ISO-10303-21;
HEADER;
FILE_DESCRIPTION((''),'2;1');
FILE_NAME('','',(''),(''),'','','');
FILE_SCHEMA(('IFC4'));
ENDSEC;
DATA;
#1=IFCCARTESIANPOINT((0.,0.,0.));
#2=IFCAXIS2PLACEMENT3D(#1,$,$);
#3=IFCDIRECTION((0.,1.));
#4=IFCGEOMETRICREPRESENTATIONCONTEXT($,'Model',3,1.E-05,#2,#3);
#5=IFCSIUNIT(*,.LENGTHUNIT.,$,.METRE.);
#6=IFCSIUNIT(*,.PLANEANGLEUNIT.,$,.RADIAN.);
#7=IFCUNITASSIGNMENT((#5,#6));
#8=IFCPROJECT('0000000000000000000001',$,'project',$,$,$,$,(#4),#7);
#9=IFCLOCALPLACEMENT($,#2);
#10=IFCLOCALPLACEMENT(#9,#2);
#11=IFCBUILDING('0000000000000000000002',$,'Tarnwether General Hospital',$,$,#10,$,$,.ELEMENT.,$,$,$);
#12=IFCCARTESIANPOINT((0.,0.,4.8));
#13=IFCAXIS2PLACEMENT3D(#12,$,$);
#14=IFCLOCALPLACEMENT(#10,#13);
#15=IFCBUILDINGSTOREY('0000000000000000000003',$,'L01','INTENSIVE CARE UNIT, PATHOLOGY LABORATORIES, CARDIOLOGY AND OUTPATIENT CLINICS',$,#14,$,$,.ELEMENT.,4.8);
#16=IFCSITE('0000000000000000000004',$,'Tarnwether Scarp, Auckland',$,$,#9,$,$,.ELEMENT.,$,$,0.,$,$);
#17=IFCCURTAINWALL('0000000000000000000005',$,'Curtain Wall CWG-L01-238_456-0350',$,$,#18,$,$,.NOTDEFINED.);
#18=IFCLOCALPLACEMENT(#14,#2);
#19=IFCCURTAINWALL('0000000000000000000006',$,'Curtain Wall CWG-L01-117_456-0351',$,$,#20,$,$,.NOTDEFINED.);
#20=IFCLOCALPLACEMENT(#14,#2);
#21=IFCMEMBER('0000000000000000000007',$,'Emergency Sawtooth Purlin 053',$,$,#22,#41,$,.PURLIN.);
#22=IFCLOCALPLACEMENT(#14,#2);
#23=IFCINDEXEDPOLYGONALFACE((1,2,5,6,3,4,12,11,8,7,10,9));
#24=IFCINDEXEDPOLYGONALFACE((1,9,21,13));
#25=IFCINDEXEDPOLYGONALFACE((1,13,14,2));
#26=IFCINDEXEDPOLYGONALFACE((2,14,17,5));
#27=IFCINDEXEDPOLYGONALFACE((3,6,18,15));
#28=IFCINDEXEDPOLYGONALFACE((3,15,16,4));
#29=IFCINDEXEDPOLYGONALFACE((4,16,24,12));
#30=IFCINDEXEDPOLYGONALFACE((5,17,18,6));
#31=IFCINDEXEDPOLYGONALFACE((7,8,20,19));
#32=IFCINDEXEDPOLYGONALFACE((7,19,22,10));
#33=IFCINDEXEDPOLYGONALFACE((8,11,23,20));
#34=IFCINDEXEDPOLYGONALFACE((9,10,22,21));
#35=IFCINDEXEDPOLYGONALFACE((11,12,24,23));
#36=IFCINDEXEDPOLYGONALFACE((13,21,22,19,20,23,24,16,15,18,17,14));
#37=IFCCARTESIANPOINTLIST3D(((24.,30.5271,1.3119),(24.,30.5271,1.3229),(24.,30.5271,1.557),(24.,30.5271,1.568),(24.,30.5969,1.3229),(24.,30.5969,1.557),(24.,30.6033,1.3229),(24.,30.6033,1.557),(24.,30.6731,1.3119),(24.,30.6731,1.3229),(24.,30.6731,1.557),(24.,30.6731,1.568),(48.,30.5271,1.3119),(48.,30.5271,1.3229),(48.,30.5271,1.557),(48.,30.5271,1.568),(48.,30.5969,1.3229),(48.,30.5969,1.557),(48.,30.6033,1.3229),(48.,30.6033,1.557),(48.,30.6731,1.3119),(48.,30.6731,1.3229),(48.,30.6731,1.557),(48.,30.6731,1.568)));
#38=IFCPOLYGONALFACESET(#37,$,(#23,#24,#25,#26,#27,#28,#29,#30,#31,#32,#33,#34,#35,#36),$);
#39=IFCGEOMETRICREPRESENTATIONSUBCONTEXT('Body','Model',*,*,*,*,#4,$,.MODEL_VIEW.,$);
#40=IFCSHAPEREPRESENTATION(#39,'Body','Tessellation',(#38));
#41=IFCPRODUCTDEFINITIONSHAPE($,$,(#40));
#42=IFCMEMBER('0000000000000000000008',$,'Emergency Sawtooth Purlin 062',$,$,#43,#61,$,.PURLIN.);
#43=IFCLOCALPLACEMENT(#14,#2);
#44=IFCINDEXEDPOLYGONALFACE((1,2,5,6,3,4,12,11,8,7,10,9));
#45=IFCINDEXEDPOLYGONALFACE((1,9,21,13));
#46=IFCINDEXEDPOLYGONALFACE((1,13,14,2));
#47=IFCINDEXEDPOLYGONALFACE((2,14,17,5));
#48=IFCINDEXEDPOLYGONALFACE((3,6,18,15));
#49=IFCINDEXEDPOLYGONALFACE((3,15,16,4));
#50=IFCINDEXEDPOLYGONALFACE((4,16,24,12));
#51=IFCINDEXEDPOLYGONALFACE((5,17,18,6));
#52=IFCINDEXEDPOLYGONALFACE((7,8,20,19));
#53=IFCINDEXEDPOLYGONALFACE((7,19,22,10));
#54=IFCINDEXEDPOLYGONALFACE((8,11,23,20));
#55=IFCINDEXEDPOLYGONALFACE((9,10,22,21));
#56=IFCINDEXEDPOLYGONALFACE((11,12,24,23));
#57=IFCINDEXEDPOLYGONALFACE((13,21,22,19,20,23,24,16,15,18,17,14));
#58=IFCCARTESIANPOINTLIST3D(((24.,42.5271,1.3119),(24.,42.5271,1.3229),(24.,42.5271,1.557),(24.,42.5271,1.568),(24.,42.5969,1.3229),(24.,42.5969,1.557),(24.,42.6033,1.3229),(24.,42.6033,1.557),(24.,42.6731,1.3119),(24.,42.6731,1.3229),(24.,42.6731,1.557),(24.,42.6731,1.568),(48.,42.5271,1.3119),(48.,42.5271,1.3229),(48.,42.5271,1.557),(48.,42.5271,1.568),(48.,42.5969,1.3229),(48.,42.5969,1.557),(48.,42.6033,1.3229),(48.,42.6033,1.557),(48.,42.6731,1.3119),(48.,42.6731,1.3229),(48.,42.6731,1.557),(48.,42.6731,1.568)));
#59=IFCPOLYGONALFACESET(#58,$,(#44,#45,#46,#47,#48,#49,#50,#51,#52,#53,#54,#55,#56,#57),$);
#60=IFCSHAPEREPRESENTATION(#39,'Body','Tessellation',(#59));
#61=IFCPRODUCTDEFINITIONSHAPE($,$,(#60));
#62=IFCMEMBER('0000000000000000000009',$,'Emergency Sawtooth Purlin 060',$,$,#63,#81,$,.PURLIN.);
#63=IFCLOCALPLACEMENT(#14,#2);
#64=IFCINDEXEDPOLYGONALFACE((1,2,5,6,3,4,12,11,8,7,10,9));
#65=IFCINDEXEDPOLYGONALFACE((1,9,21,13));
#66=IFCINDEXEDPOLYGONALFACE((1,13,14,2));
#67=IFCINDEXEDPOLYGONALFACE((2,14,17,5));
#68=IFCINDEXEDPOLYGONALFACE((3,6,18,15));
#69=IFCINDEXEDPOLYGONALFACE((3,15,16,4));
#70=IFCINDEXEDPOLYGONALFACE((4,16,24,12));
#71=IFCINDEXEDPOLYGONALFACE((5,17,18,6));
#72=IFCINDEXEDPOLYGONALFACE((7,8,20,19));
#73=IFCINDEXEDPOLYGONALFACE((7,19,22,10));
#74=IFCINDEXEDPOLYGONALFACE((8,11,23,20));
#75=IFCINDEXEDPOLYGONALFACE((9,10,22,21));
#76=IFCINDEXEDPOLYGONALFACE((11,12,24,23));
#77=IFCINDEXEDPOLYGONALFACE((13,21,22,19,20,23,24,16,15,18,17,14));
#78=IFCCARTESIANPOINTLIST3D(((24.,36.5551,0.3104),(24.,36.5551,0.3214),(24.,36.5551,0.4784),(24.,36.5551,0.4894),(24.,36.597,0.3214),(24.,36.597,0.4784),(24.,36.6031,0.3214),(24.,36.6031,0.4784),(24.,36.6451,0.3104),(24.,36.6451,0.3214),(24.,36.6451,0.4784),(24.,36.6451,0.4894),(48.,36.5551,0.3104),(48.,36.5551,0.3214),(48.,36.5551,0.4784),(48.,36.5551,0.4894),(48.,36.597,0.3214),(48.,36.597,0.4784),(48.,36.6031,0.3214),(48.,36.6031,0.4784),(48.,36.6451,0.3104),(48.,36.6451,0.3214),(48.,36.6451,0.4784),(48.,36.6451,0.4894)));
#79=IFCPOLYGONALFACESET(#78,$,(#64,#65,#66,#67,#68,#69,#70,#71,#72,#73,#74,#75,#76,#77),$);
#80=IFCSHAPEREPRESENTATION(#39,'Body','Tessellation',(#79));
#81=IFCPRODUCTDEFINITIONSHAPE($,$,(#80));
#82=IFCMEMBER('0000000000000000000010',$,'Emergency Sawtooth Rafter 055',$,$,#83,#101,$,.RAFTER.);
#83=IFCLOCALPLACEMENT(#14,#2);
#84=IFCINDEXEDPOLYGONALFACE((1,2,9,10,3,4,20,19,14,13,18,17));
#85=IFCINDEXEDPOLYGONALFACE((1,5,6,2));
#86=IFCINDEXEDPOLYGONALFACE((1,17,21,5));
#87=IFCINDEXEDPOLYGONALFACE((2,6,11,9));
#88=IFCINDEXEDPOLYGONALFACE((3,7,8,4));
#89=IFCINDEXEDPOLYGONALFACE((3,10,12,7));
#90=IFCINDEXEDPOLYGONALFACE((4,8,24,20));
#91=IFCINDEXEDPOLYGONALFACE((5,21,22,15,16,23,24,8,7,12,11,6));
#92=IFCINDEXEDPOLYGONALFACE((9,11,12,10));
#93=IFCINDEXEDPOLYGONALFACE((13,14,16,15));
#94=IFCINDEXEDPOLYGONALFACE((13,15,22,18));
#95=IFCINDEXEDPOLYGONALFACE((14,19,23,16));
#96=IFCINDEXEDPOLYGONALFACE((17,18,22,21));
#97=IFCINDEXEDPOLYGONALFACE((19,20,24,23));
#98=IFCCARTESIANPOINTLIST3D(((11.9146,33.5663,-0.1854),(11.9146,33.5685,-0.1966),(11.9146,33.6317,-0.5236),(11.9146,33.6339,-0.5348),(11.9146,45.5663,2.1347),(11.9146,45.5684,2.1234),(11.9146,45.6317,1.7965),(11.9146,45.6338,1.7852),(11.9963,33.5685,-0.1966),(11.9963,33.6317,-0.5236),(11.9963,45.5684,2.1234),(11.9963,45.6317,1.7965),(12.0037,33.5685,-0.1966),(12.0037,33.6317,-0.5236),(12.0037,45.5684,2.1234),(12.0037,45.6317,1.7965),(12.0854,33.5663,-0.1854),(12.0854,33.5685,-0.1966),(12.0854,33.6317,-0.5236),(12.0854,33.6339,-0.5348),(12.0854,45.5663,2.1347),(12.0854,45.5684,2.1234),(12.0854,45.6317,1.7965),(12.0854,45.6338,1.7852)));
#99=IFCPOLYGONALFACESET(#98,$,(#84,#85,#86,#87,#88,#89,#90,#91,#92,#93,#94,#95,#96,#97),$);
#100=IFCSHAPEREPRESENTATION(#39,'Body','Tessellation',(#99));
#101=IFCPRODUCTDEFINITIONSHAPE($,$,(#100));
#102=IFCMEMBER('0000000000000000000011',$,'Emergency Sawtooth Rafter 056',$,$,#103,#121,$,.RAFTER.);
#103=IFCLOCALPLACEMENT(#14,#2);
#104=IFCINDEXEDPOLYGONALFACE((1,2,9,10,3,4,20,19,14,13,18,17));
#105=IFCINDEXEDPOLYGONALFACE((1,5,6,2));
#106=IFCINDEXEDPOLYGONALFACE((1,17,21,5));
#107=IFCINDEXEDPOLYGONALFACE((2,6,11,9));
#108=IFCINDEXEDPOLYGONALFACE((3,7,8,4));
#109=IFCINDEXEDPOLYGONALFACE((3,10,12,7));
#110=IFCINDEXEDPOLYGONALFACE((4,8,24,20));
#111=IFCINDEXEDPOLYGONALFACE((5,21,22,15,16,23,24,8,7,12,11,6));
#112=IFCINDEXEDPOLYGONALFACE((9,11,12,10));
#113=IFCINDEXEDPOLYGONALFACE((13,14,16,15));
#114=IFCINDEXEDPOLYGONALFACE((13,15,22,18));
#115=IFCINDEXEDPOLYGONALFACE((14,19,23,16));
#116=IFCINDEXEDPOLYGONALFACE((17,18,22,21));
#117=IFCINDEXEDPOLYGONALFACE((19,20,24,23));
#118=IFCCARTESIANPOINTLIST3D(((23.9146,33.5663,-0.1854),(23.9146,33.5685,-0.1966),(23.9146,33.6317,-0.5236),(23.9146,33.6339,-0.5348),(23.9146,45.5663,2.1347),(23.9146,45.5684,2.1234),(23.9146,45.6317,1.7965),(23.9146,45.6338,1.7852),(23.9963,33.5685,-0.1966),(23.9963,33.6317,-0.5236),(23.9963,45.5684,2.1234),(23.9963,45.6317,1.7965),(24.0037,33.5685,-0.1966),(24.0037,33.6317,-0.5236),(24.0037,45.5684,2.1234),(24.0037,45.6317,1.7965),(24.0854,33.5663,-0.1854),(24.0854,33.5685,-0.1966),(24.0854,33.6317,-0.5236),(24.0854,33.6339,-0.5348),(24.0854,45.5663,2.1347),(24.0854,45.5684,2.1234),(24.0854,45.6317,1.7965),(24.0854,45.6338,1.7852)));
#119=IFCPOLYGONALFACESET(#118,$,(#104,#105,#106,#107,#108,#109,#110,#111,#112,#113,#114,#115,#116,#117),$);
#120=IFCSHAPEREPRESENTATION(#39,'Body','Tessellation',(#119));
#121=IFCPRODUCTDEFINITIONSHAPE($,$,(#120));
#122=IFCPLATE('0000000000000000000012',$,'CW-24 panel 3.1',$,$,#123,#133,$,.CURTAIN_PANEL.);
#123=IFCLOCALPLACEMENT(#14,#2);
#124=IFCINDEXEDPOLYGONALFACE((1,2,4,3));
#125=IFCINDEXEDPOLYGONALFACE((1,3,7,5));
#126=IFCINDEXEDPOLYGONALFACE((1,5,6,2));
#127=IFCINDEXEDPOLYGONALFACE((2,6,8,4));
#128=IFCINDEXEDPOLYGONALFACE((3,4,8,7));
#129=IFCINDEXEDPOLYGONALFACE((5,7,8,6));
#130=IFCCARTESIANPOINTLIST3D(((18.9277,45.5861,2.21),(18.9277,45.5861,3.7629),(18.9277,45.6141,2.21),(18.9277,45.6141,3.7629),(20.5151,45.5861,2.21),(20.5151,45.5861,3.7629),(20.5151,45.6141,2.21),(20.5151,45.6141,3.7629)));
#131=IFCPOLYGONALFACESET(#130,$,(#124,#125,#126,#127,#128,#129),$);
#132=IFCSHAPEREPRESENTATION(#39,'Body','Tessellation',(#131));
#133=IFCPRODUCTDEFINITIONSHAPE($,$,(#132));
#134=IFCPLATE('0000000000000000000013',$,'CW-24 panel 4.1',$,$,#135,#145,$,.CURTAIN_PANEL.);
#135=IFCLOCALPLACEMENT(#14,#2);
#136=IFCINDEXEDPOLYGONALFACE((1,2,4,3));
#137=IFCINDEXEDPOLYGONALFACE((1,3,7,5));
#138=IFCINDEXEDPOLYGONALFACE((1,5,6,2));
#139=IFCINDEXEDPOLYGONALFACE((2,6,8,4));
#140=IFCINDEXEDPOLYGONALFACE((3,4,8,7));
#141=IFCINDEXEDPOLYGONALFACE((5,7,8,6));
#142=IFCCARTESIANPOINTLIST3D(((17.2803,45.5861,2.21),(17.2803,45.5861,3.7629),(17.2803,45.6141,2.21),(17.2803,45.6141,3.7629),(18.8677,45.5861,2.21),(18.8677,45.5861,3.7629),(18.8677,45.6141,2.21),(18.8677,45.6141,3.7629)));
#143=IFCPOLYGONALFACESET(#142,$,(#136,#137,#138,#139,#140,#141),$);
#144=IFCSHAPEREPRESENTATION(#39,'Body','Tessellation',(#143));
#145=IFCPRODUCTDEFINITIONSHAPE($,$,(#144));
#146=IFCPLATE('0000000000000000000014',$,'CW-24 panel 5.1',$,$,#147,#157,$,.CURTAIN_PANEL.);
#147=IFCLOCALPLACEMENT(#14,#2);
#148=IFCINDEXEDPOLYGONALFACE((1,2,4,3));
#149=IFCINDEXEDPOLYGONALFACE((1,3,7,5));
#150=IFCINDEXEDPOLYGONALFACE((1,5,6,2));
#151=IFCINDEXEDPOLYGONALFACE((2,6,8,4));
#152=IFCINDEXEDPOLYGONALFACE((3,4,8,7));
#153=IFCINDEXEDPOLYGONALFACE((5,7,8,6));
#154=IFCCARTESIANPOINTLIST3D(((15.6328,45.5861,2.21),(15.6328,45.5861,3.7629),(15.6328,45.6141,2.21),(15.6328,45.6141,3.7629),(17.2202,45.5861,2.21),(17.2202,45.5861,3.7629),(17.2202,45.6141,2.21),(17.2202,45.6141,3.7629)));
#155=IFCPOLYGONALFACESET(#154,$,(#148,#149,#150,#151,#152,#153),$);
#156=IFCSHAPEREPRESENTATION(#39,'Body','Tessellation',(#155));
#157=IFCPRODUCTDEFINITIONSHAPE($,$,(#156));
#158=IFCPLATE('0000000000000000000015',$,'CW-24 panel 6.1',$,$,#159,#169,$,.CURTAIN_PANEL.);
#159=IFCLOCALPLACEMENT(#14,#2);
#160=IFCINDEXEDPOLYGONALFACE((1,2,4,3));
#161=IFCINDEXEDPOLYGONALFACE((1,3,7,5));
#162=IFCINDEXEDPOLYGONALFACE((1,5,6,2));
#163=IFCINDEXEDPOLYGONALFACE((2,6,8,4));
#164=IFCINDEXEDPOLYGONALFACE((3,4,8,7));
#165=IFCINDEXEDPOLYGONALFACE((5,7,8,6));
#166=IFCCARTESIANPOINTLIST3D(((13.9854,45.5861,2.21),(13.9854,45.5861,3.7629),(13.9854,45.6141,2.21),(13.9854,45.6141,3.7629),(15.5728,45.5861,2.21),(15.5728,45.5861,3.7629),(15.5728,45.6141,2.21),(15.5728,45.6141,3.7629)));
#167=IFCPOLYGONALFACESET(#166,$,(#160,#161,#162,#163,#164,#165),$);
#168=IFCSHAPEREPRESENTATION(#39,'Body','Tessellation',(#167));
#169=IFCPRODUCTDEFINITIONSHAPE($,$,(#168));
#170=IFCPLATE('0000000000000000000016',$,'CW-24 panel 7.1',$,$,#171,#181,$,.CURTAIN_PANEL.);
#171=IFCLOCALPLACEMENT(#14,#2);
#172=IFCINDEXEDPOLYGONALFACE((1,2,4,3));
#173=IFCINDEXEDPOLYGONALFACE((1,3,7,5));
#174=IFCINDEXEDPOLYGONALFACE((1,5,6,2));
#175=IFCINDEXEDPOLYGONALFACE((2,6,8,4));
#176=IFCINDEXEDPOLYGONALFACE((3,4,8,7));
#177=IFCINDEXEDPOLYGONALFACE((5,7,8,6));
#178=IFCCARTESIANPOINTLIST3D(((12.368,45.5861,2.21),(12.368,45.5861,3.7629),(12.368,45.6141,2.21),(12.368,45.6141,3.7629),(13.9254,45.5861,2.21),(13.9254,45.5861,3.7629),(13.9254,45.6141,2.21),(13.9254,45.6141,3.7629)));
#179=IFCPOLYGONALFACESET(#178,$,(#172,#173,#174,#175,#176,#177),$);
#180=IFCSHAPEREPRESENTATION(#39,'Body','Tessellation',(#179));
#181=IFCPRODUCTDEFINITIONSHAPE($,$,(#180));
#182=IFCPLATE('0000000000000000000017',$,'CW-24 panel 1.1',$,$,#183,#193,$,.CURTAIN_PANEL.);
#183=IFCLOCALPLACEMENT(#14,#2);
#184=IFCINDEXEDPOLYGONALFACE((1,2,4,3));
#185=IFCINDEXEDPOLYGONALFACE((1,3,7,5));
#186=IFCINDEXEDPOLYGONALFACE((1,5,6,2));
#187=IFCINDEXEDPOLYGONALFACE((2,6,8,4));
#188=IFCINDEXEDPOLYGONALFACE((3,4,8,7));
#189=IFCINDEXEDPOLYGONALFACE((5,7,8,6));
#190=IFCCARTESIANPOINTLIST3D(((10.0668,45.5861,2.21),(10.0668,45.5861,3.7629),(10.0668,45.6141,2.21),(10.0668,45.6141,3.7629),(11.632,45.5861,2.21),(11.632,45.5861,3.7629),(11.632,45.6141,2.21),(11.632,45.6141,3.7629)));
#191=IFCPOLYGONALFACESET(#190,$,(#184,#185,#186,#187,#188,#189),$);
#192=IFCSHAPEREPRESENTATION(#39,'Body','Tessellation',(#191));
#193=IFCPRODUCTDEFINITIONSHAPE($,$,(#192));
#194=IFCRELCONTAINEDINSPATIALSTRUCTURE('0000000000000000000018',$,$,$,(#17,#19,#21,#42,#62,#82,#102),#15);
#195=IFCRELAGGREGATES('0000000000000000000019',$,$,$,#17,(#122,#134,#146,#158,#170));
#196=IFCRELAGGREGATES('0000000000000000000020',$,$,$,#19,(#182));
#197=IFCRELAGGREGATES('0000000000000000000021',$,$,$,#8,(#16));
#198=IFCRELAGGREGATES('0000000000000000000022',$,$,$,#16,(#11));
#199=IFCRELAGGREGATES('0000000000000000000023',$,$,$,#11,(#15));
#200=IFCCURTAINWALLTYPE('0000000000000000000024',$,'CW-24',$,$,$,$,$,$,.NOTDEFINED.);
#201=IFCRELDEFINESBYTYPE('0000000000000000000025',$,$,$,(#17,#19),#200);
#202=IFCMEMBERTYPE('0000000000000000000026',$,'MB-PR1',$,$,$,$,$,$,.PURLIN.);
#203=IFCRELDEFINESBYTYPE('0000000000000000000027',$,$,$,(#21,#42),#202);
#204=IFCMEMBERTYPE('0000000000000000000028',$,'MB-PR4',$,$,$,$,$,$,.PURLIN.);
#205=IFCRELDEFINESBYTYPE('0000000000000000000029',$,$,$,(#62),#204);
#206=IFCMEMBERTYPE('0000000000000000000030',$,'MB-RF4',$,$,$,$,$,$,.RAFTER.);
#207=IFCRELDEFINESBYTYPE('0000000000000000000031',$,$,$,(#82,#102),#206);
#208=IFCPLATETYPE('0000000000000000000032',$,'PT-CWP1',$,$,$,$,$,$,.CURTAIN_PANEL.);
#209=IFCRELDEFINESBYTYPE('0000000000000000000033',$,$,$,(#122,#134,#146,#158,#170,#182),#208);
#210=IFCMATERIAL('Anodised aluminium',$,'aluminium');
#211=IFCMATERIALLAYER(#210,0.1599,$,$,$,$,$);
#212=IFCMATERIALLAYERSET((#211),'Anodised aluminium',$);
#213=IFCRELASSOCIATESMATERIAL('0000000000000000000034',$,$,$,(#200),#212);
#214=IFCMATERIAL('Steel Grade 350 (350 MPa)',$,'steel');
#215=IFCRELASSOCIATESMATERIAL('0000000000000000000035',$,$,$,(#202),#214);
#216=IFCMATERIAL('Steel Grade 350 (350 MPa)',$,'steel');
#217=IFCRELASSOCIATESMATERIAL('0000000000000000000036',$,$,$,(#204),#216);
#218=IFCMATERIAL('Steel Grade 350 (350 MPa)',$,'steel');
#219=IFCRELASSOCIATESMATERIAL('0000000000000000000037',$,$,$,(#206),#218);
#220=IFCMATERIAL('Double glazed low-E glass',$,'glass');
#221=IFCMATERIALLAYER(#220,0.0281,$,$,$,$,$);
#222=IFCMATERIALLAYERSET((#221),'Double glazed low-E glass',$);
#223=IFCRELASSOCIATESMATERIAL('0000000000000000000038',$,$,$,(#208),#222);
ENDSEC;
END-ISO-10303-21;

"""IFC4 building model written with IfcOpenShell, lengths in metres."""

from ifc_helpers import new_model, si_unit, direction, frame, origin, origin_2d, place, context, subcontext, project, spatial, rectangle, i_section, extrude, material, layer, layer_set, material_profile, profile_set, type_object, element, aggregate, save


model = new_model("IFC4")

# Units and contexts
model_context = context("Model", 3, precision=1e-05, world=origin(), true_north=direction((0.0, 1.0)))
body_context = subcontext(model_context, "Body", "Model", "MODEL_VIEW")
ifc_project = project(units=[si_unit("LENGTHUNIT", "METRE"), si_unit("PLANEANGLEUNIT", "RADIAN")], contexts=[model_context])

# Site, building, storey
site_placement = place(None, origin())
site = spatial("IfcSite", under=ifc_project, at=site_placement, Name="Tarnwether Scarp, Auckland", CompositionType="ELEMENT", RefElevation=0.0)
building_placement = place(site_placement, origin())
building = spatial("IfcBuilding", under=site, at=building_placement, Name="Tarnwether General Hospital", CompositionType="ELEMENT")
storey_placement = place(building_placement, frame((0.0, 0.0, 4.8)))
storey = spatial("IfcBuildingStorey", under=building, at=storey_placement, Name="L01", Description="INTENSIVE CARE UNIT, PATHOLOGY LABORATORIES, CARDIOLOGY AND OUTPATIENT CLINICS", CompositionType="ELEMENT", Elevation=4.8)

# Curtain walls
ifc_material_1 = material(Name="Anodised aluminium", Category="aluminium")
ifc_layer_1 = layer(ifc_material_1, 0.1599)
ifc_layer_set_1 = layer_set([ifc_layer_1], Name="Anodised aluminium")
curtain_wall_type = type_object("IfcCurtainWallType", Name="CW-24", PredefinedType="NOTDEFINED", material=ifc_layer_set_1)
curtain_wall_1_placement = place(storey_placement, origin())
curtain_wall_1 = element("IfcCurtainWall", 1, at=curtain_wall_1_placement, inside=storey, type_object=curtain_wall_type, Name="Curtain Wall CWG-L01-238_456-0350", PredefinedType="NOTDEFINED")
curtain_wall_2_placement = place(storey_placement, origin())
curtain_wall_2 = element("IfcCurtainWall", 2, at=curtain_wall_2_placement, inside=storey, type_object=curtain_wall_type, Name="Curtain Wall CWG-L01-117_456-0351", PredefinedType="NOTDEFINED")

# Members
ifc_material_2 = material(Name="Steel Grade 350 (350 MPa)", Category="steel")
ifc_material_profile_1 = material_profile(ifc_material_2, i_section(OverallWidth=0.146, OverallDepth=0.2561, WebThickness=0.0063, FlangeThickness=0.011, at=origin_2d()), Name="250UB37.3")
ifc_profile_set_1 = profile_set([ifc_material_profile_1], Name="Steel Grade 350 (350 MPa)")
member_type_1 = type_object("IfcMemberType", Name="MB-PR1", PredefinedType="PURLIN", material=ifc_profile_set_1)
for number, where, z_axis, x_axis, name in (
    (3, (24.0, 30.6001, 1.4399), (1.0, 0.0, 0.0), (0.0, 1.0, 0.0), "Emergency Sawtooth Purlin 053"),
    (4, (24.0, 42.6001, 1.4399), (1.0, 0.0, 0.0), (0.0, 1.0, 0.0), "Emergency Sawtooth Purlin 062"),
):
    element("IfcMember", number, at=place(storey_placement, frame(where, z_axis=z_axis, x_axis=x_axis)), inside=storey, type_object=member_type_1, Name=name, PredefinedType="PURLIN", context=body_context, shape_type="SweptSolid", body=[
        extrude(i_section(OverallWidth=0.146, OverallDepth=0.2561, WebThickness=0.0063, FlangeThickness=0.011, at=origin_2d()), origin(), (0.0, 0.0, 1.0), 24.0),
    ])
ifc_material_3 = material(Name="Steel Grade 350 (350 MPa)", Category="steel")
ifc_material_profile_2 = material_profile(ifc_material_3, i_section(OverallWidth=0.0901, OverallDepth=0.179, WebThickness=0.0061, FlangeThickness=0.011, at=origin_2d()), Name="180UB22.2")
ifc_profile_set_2 = profile_set([ifc_material_profile_2], Name="Steel Grade 350 (350 MPa)")
member_type_2 = type_object("IfcMemberType", Name="MB-PR4", PredefinedType="PURLIN", material=ifc_profile_set_2)
member_1_placement = place(storey_placement, frame((24.0, 36.6001, 0.3999), z_axis=(1.0, 0.0, 0.0), x_axis=(0.0, 1.0, 0.0)))
element("IfcMember", 5, at=member_1_placement, inside=storey, type_object=member_type_2, Name="Emergency Sawtooth Purlin 060", PredefinedType="PURLIN", context=body_context, shape_type="SweptSolid", body=[
    extrude(i_section(OverallWidth=0.0901, OverallDepth=0.179, WebThickness=0.0061, FlangeThickness=0.011, at=origin_2d()), origin(), (0.0, 0.0, 1.0), 24.0),
])
ifc_material_4 = material(Name="Steel Grade 350 (350 MPa)", Category="steel")
ifc_material_profile_3 = material_profile(ifc_material_4, i_section(OverallWidth=0.1709, OverallDepth=0.356, WebThickness=0.0073, FlangeThickness=0.0115, at=origin_2d()), Name="360UB50.7")
ifc_profile_set_3 = profile_set([ifc_material_profile_3], Name="Steel Grade 350 (350 MPa)")
member_type_3 = type_object("IfcMemberType", Name="MB-RF4", PredefinedType="RAFTER", material=ifc_profile_set_3)
for number, where, z_axis, x_axis, name in (
    (6, (12.0, 33.6001, -0.3601), (0.0, 0.981818, 0.189824), (-1.0, 0.0, 0.0), "Emergency Sawtooth Rafter 055"),
    (7, (24.0, 33.6001, -0.3601), (0.0, 0.981818, 0.189824), (-1.0, 0.0, 0.0), "Emergency Sawtooth Rafter 056"),
):
    element("IfcMember", number, at=place(storey_placement, frame(where, z_axis=z_axis, x_axis=x_axis)), inside=storey, type_object=member_type_3, Name=name, PredefinedType="RAFTER", context=body_context, shape_type="SweptSolid", body=[
        extrude(i_section(OverallWidth=0.1709, OverallDepth=0.356, WebThickness=0.0073, FlangeThickness=0.0115, at=origin_2d()), origin(), (0.0, 0.0, 1.0), 12.2222),
    ])

# Plates
ifc_material_5 = material(Name="Double glazed low-E glass", Category="glass")
ifc_layer_2 = layer(ifc_material_5, 0.0281)
ifc_layer_set_2 = layer_set([ifc_layer_2], Name="Double glazed low-E glass")
plate_type_1 = type_object("IfcPlateType", Name="PT-CWP1", PredefinedType="CURTAIN_PANEL", material=ifc_layer_set_2)
plate_1_placement = place(storey_placement, frame((19.7214, 45.6001, 2.21), z_axis=(0.0, 0.0, 1.0), x_axis=(-1.0, 0.0, 0.0)))
plate_1 = element("IfcPlate", 8, at=plate_1_placement, type_object=plate_type_1, Name="CW-24 panel 3.1", PredefinedType="CURTAIN_PANEL", context=body_context, shape_type="SweptSolid", body=[
    extrude(rectangle(XDim=1.5874, YDim=0.0281, at=origin_2d()), origin(), (0.0, 0.0, 1.0), 1.553),
])
plate_2_placement = place(storey_placement, frame((18.074, 45.6001, 2.21), z_axis=(0.0, 0.0, 1.0), x_axis=(-1.0, 0.0, 0.0)))
plate_2 = element("IfcPlate", 9, at=plate_2_placement, type_object=plate_type_1, Name="CW-24 panel 4.1", PredefinedType="CURTAIN_PANEL", context=body_context, shape_type="SweptSolid", body=[
    extrude(rectangle(XDim=1.5874, YDim=0.0281, at=origin_2d()), origin(), (0.0, 0.0, 1.0), 1.553),
])
plate_3_placement = place(storey_placement, frame((16.4265, 45.6001, 2.21), z_axis=(0.0, 0.0, 1.0), x_axis=(-1.0, 0.0, 0.0)))
plate_3 = element("IfcPlate", 10, at=plate_3_placement, type_object=plate_type_1, Name="CW-24 panel 5.1", PredefinedType="CURTAIN_PANEL", context=body_context, shape_type="SweptSolid", body=[
    extrude(rectangle(XDim=1.5874, YDim=0.0281, at=origin_2d()), origin(), (0.0, 0.0, 1.0), 1.553),
])
plate_4_placement = place(storey_placement, frame((14.7791, 45.6001, 2.21), z_axis=(0.0, 0.0, 1.0), x_axis=(-1.0, 0.0, 0.0)))
plate_4 = element("IfcPlate", 11, at=plate_4_placement, type_object=plate_type_1, Name="CW-24 panel 6.1", PredefinedType="CURTAIN_PANEL", context=body_context, shape_type="SweptSolid", body=[
    extrude(rectangle(XDim=1.5874, YDim=0.0281, at=origin_2d()), origin(), (0.0, 0.0, 1.0), 1.553),
])
plate_5_placement = place(storey_placement, frame((13.1467, 45.6001, 2.21), z_axis=(0.0, 0.0, 1.0), x_axis=(-1.0, 0.0, 0.0)))
plate_5 = element("IfcPlate", 12, at=plate_5_placement, type_object=plate_type_1, Name="CW-24 panel 7.1", PredefinedType="CURTAIN_PANEL", context=body_context, shape_type="SweptSolid", body=[
    extrude(rectangle(XDim=1.5574, YDim=0.0281, at=origin_2d()), origin(), (0.0, 0.0, 1.0), 1.553),
])
aggregate(curtain_wall_1, [plate_1, plate_2, plate_3, plate_4, plate_5])
plate_6_placement = place(storey_placement, frame((10.8494, 45.6001, 2.21), z_axis=(0.0, 0.0, 1.0), x_axis=(-1.0, 0.0, 0.0)))
plate_6 = element("IfcPlate", 13, at=plate_6_placement, type_object=plate_type_1, Name="CW-24 panel 1.1", PredefinedType="CURTAIN_PANEL", context=body_context, shape_type="SweptSolid", body=[
    extrude(rectangle(XDim=1.5652, YDim=0.0281, at=origin_2d()), origin(), (0.0, 0.0, 1.0), 1.553),
])
aggregate(curtain_wall_2, [plate_6])

save(model, "model.ifc")
